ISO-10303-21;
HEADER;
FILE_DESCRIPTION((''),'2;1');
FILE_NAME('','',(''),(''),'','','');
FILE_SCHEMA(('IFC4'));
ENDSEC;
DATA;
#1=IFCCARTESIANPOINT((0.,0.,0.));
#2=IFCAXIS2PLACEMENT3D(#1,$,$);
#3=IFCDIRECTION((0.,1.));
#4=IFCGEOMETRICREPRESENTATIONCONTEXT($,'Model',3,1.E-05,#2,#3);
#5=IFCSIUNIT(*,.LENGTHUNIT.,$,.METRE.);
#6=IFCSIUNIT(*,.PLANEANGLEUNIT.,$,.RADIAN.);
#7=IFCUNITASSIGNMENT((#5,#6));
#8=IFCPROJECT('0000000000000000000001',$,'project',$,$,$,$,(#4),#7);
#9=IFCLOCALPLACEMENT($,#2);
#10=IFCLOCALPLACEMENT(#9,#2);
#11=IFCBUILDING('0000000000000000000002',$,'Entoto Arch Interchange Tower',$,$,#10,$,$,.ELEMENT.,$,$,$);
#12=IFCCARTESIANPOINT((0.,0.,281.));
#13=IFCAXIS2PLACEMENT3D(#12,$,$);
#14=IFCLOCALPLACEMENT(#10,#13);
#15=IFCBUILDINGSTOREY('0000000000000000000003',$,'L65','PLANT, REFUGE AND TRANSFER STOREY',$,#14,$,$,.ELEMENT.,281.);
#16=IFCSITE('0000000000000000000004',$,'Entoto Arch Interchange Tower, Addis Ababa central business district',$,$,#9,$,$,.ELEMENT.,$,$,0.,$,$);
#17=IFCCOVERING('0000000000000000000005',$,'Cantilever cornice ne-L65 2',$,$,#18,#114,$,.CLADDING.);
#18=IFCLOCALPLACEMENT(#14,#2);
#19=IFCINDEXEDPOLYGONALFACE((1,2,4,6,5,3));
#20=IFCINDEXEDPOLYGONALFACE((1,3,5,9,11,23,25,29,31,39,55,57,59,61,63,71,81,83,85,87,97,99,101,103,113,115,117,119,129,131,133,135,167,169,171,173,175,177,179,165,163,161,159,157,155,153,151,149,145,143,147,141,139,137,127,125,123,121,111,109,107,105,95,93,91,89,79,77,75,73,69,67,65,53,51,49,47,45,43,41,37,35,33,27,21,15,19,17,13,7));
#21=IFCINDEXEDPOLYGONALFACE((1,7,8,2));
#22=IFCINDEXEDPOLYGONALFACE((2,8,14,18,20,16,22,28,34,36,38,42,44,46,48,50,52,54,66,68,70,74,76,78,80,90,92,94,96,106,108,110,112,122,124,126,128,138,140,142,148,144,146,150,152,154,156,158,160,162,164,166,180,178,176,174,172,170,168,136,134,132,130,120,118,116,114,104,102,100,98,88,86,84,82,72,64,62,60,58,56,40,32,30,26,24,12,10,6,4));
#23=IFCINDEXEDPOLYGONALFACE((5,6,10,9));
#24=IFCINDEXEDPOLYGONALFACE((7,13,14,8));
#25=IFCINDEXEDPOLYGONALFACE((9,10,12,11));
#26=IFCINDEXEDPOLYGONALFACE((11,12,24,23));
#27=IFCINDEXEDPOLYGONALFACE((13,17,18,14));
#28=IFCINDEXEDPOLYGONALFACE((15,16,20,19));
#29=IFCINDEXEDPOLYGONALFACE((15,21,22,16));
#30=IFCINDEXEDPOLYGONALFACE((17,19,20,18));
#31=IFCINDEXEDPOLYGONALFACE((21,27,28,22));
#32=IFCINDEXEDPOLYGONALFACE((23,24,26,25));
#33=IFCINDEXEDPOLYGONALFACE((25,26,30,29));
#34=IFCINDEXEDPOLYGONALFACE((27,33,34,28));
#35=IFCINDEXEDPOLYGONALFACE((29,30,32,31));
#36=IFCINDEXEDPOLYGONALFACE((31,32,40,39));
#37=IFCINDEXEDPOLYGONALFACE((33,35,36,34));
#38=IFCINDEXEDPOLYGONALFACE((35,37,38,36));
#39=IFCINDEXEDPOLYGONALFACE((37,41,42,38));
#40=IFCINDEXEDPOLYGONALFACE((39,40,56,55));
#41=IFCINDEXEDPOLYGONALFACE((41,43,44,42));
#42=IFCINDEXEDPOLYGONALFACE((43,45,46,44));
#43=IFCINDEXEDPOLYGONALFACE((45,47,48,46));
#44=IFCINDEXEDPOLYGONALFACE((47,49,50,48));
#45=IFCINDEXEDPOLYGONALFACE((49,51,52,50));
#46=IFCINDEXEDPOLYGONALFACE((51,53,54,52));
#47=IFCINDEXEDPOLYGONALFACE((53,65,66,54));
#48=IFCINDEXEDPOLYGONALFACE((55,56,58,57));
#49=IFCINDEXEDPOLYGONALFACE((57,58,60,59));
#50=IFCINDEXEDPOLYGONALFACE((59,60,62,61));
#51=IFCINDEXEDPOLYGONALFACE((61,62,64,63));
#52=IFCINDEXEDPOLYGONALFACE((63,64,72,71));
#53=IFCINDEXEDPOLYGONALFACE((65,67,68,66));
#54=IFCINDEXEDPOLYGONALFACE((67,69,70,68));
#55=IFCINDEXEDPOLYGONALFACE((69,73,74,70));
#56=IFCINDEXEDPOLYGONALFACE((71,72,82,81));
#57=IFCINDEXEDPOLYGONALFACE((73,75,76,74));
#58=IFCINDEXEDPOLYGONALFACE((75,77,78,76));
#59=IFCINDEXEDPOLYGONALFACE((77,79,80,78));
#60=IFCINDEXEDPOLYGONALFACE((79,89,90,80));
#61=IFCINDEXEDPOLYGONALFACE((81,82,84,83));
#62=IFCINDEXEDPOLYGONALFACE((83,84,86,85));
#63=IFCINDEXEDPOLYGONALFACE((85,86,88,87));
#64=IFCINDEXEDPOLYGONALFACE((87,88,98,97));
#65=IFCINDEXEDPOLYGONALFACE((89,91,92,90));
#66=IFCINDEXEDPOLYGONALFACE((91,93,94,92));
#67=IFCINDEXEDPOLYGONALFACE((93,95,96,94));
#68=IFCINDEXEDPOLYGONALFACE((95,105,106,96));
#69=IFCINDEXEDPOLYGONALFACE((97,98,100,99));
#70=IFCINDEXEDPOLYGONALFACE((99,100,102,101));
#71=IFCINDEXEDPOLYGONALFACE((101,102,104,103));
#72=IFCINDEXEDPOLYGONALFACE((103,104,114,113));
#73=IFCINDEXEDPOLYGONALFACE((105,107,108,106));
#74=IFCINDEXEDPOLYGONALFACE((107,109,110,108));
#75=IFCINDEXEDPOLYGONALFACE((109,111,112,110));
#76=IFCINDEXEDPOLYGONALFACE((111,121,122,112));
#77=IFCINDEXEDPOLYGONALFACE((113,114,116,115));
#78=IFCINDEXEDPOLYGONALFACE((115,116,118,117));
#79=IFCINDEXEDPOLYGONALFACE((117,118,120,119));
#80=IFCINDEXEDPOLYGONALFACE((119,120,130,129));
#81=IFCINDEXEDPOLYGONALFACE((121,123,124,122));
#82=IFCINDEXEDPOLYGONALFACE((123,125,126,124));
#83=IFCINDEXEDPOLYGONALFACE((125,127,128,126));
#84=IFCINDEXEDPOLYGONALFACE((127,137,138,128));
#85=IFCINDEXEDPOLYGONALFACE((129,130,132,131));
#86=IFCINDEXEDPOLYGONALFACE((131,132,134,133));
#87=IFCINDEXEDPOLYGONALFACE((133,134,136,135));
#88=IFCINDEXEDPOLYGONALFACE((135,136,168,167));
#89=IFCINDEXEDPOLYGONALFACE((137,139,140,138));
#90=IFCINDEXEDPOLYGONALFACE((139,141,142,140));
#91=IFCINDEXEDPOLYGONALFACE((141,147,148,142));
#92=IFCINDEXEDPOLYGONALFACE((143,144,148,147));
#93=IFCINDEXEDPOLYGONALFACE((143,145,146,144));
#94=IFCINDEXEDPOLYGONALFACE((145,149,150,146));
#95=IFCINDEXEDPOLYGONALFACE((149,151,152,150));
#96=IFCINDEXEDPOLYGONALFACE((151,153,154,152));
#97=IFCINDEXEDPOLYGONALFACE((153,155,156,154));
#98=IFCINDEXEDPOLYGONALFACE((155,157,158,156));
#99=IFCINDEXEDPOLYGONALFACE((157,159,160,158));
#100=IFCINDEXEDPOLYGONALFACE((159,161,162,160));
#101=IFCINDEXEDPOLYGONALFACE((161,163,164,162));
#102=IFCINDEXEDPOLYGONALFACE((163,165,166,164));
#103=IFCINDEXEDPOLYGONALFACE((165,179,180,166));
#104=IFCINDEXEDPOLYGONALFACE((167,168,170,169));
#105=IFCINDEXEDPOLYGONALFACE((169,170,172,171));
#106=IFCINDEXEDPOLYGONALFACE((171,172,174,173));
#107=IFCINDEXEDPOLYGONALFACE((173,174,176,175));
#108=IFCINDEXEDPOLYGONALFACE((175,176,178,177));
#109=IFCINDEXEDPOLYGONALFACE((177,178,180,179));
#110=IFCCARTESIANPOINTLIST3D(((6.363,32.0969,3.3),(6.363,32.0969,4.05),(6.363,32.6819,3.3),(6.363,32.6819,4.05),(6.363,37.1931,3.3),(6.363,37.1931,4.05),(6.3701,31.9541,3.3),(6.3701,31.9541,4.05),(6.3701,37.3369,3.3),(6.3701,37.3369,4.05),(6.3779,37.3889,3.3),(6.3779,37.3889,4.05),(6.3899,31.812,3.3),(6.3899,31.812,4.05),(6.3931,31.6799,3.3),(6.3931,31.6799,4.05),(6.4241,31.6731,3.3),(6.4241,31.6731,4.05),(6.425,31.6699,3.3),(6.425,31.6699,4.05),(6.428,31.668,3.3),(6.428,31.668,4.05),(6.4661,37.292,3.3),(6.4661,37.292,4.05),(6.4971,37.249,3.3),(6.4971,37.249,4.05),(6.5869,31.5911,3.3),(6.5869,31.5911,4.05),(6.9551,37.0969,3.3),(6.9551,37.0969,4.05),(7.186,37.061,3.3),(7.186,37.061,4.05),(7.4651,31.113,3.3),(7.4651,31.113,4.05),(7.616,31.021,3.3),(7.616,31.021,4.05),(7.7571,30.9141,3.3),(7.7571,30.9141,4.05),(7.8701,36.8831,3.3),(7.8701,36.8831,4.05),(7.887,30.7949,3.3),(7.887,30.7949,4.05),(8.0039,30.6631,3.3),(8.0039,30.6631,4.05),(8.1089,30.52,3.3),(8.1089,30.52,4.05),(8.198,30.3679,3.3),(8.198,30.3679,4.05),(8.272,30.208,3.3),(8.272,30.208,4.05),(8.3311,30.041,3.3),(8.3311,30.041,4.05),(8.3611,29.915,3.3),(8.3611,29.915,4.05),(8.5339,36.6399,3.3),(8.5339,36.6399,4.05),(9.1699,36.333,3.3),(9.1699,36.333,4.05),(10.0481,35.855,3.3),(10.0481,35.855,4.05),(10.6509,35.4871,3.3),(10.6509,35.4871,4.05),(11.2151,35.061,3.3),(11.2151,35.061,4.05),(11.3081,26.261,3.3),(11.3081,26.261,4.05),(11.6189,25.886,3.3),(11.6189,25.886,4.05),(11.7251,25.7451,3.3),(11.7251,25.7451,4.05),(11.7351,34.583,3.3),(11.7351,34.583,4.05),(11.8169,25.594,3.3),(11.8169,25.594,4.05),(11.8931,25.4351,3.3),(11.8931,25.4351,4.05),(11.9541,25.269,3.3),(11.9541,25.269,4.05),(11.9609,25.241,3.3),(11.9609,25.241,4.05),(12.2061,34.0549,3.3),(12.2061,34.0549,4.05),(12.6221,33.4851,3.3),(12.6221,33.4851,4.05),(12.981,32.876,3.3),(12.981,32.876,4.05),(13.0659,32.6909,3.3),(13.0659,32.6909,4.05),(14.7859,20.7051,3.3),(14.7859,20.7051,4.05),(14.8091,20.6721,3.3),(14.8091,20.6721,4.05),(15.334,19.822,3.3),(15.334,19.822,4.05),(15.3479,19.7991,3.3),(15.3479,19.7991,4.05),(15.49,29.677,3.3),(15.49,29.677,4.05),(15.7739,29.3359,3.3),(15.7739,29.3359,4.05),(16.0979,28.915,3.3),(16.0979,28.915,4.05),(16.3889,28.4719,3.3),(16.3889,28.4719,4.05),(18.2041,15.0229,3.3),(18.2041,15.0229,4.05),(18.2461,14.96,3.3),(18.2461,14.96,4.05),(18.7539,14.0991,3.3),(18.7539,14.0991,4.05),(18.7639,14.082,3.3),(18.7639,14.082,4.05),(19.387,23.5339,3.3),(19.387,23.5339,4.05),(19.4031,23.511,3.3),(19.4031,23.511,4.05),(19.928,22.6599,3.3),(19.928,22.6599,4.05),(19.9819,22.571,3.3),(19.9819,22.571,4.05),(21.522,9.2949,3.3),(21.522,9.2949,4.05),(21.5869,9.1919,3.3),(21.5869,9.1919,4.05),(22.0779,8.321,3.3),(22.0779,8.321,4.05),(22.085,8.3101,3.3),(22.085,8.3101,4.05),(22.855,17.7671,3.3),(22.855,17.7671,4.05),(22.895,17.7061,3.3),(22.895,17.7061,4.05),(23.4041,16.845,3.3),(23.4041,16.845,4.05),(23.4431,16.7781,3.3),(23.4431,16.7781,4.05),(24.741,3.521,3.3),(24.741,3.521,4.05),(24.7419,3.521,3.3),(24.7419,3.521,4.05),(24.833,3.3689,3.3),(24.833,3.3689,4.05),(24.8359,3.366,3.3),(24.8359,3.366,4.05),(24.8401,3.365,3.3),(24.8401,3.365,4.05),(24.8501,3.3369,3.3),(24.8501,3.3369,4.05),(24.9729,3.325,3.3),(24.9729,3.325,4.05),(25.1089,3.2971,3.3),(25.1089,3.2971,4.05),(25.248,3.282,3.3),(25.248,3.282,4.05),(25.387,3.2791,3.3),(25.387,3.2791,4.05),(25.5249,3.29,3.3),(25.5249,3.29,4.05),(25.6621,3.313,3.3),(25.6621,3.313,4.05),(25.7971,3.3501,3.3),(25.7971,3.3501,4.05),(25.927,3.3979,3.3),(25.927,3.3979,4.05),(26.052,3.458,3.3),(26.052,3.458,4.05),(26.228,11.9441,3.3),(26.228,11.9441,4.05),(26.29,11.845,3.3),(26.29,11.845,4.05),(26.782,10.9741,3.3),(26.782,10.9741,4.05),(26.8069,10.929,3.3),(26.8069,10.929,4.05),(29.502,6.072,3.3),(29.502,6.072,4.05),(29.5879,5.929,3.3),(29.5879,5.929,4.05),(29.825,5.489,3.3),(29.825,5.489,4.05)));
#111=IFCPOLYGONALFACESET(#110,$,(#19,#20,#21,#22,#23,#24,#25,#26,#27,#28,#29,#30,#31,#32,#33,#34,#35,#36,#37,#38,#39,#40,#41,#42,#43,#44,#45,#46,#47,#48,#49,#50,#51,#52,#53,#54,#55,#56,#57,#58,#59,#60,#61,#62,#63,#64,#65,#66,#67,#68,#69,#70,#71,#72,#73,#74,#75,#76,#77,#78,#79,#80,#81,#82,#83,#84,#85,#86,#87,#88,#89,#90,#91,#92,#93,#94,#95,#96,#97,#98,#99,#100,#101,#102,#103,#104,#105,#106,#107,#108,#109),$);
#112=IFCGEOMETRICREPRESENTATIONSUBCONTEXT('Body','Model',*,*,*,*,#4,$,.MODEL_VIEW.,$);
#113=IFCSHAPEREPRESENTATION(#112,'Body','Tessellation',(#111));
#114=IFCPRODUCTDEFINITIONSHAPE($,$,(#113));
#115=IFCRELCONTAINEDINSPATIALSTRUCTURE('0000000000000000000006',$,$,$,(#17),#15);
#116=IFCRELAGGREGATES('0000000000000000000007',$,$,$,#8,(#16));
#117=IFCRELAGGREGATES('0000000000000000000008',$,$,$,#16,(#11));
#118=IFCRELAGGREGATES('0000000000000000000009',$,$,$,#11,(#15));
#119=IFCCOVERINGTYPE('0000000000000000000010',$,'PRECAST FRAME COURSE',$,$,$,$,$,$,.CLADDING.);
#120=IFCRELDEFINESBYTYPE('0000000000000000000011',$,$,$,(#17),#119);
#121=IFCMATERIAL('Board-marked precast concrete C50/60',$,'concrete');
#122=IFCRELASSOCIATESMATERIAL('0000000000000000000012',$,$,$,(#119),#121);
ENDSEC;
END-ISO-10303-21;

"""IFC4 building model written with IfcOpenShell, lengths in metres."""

from ifc_helpers import new_model, si_unit, direction, frame, origin, place, context, subcontext, project, spatial, polyline, outline, extrude, material, type_object, element, save


model = new_model("IFC4")

# Units and contexts
model_context = context("Model", 3, precision=1e-05, world=origin(), true_north=direction((0.0, 1.0)))
body_context = subcontext(model_context, "Body", "Model", "MODEL_VIEW")
ifc_project = project(units=[si_unit("LENGTHUNIT", "METRE"), si_unit("PLANEANGLEUNIT", "RADIAN")], contexts=[model_context])

# Site, building, storey
site_placement = place(None, origin())
site = spatial("IfcSite", under=ifc_project, at=site_placement, Name="Entoto Arch Interchange Tower, Addis Ababa central business district", CompositionType="ELEMENT", RefElevation=0.0)
building_placement = place(site_placement, origin())
building = spatial("IfcBuilding", under=site, at=building_placement, Name="Entoto Arch Interchange Tower", CompositionType="ELEMENT")
storey_placement = place(building_placement, frame((0.0, 0.0, 281.0)))
storey = spatial("IfcBuildingStorey", under=building, at=storey_placement, Name="L65", Description="PLANT, REFUGE AND TRANSFER STOREY", CompositionType="ELEMENT", Elevation=281.0)

# Covering
ifc_material_1 = material(Name="Board-marked precast concrete C50/60", Category="concrete")
covering_type = type_object("IfcCoveringType", Name="PRECAST FRAME COURSE", PredefinedType="CLADDING", material=ifc_material_1)
covering_1_placement = place(storey_placement, frame((0.0, 0.0, 3.3)))
element("IfcCovering", 1, at=covering_1_placement, inside=storey, type_object=covering_type, Name="Cantilever cornice ne-L65 2", PredefinedType="CLADDING", context=body_context, shape_type="SweptSolid", body=[
    extrude(outline(polyline([(6.3899, 31.812), (6.3701, 31.9541), (6.363, 32.0969), (6.363, 32.6819), (6.363, 37.1931), (6.3701, 37.3369), (6.3779, 37.3889), (6.4661, 37.292), (6.4971, 37.249), (6.9551, 37.0969), (7.186, 37.061), (7.8701, 36.8831), (8.5339, 36.6399), (9.1699, 36.333), (10.0481, 35.855), (10.6509, 35.4871), (11.2151, 35.061), (11.7351, 34.583), (12.2061, 34.0549), (12.6221, 33.4851), (12.981, 32.876), (13.0659, 32.6909), (15.49, 29.677), (15.7739, 29.3359), (16.0979, 28.915), (16.3889, 28.4719), (19.387, 23.5339), (19.4031, 23.511), (19.928, 22.6599), (19.9819, 22.571), (22.855, 17.7671), (22.895, 17.7061), (23.4041, 16.845), (23.4431, 16.7781), (26.228, 11.9441), (26.29, 11.845), (26.782, 10.9741), (26.8069, 10.929), (29.502, 6.072), (29.5879, 5.929), (29.825, 5.489), (26.052, 3.458), (25.927, 3.3979), (25.7971, 3.3501), (25.6621, 3.313), (25.5249, 3.29), (25.387, 3.2791), (25.248, 3.282), (25.1089, 3.2971), (24.9729, 3.325), (24.8401, 3.365), (24.8359, 3.366), (24.8501, 3.3369), (24.833, 3.3689), (24.7419, 3.521), (24.741, 3.521), (22.085, 8.3101), (22.0779, 8.321), (21.5869, 9.1919), (21.522, 9.2949), (18.7639, 14.082), (18.7539, 14.0991), (18.2461, 14.96), (18.2041, 15.0229), (15.3479, 19.7991), (15.334, 19.822), (14.8091, 20.6721), (14.7859, 20.7051), (11.9609, 25.241), (11.9541, 25.269), (11.8931, 25.4351), (11.8169, 25.594), (11.7251, 25.7451), (11.6189, 25.886), (11.3081, 26.261), (8.3611, 29.915), (8.3311, 30.041), (8.272, 30.208), (8.198, 30.3679), (8.1089, 30.52), (8.0039, 30.6631), (7.887, 30.7949), (7.7571, 30.9141), (7.616, 31.021), (7.4651, 31.113), (6.5869, 31.5911), (6.428, 31.668), (6.3931, 31.6799), (6.425, 31.6699), (6.4241, 31.6731), (6.3899, 31.812)])), origin(), (0.0, 0.0, 1.0), 0.75),
])

save(model, "model.ifc")
